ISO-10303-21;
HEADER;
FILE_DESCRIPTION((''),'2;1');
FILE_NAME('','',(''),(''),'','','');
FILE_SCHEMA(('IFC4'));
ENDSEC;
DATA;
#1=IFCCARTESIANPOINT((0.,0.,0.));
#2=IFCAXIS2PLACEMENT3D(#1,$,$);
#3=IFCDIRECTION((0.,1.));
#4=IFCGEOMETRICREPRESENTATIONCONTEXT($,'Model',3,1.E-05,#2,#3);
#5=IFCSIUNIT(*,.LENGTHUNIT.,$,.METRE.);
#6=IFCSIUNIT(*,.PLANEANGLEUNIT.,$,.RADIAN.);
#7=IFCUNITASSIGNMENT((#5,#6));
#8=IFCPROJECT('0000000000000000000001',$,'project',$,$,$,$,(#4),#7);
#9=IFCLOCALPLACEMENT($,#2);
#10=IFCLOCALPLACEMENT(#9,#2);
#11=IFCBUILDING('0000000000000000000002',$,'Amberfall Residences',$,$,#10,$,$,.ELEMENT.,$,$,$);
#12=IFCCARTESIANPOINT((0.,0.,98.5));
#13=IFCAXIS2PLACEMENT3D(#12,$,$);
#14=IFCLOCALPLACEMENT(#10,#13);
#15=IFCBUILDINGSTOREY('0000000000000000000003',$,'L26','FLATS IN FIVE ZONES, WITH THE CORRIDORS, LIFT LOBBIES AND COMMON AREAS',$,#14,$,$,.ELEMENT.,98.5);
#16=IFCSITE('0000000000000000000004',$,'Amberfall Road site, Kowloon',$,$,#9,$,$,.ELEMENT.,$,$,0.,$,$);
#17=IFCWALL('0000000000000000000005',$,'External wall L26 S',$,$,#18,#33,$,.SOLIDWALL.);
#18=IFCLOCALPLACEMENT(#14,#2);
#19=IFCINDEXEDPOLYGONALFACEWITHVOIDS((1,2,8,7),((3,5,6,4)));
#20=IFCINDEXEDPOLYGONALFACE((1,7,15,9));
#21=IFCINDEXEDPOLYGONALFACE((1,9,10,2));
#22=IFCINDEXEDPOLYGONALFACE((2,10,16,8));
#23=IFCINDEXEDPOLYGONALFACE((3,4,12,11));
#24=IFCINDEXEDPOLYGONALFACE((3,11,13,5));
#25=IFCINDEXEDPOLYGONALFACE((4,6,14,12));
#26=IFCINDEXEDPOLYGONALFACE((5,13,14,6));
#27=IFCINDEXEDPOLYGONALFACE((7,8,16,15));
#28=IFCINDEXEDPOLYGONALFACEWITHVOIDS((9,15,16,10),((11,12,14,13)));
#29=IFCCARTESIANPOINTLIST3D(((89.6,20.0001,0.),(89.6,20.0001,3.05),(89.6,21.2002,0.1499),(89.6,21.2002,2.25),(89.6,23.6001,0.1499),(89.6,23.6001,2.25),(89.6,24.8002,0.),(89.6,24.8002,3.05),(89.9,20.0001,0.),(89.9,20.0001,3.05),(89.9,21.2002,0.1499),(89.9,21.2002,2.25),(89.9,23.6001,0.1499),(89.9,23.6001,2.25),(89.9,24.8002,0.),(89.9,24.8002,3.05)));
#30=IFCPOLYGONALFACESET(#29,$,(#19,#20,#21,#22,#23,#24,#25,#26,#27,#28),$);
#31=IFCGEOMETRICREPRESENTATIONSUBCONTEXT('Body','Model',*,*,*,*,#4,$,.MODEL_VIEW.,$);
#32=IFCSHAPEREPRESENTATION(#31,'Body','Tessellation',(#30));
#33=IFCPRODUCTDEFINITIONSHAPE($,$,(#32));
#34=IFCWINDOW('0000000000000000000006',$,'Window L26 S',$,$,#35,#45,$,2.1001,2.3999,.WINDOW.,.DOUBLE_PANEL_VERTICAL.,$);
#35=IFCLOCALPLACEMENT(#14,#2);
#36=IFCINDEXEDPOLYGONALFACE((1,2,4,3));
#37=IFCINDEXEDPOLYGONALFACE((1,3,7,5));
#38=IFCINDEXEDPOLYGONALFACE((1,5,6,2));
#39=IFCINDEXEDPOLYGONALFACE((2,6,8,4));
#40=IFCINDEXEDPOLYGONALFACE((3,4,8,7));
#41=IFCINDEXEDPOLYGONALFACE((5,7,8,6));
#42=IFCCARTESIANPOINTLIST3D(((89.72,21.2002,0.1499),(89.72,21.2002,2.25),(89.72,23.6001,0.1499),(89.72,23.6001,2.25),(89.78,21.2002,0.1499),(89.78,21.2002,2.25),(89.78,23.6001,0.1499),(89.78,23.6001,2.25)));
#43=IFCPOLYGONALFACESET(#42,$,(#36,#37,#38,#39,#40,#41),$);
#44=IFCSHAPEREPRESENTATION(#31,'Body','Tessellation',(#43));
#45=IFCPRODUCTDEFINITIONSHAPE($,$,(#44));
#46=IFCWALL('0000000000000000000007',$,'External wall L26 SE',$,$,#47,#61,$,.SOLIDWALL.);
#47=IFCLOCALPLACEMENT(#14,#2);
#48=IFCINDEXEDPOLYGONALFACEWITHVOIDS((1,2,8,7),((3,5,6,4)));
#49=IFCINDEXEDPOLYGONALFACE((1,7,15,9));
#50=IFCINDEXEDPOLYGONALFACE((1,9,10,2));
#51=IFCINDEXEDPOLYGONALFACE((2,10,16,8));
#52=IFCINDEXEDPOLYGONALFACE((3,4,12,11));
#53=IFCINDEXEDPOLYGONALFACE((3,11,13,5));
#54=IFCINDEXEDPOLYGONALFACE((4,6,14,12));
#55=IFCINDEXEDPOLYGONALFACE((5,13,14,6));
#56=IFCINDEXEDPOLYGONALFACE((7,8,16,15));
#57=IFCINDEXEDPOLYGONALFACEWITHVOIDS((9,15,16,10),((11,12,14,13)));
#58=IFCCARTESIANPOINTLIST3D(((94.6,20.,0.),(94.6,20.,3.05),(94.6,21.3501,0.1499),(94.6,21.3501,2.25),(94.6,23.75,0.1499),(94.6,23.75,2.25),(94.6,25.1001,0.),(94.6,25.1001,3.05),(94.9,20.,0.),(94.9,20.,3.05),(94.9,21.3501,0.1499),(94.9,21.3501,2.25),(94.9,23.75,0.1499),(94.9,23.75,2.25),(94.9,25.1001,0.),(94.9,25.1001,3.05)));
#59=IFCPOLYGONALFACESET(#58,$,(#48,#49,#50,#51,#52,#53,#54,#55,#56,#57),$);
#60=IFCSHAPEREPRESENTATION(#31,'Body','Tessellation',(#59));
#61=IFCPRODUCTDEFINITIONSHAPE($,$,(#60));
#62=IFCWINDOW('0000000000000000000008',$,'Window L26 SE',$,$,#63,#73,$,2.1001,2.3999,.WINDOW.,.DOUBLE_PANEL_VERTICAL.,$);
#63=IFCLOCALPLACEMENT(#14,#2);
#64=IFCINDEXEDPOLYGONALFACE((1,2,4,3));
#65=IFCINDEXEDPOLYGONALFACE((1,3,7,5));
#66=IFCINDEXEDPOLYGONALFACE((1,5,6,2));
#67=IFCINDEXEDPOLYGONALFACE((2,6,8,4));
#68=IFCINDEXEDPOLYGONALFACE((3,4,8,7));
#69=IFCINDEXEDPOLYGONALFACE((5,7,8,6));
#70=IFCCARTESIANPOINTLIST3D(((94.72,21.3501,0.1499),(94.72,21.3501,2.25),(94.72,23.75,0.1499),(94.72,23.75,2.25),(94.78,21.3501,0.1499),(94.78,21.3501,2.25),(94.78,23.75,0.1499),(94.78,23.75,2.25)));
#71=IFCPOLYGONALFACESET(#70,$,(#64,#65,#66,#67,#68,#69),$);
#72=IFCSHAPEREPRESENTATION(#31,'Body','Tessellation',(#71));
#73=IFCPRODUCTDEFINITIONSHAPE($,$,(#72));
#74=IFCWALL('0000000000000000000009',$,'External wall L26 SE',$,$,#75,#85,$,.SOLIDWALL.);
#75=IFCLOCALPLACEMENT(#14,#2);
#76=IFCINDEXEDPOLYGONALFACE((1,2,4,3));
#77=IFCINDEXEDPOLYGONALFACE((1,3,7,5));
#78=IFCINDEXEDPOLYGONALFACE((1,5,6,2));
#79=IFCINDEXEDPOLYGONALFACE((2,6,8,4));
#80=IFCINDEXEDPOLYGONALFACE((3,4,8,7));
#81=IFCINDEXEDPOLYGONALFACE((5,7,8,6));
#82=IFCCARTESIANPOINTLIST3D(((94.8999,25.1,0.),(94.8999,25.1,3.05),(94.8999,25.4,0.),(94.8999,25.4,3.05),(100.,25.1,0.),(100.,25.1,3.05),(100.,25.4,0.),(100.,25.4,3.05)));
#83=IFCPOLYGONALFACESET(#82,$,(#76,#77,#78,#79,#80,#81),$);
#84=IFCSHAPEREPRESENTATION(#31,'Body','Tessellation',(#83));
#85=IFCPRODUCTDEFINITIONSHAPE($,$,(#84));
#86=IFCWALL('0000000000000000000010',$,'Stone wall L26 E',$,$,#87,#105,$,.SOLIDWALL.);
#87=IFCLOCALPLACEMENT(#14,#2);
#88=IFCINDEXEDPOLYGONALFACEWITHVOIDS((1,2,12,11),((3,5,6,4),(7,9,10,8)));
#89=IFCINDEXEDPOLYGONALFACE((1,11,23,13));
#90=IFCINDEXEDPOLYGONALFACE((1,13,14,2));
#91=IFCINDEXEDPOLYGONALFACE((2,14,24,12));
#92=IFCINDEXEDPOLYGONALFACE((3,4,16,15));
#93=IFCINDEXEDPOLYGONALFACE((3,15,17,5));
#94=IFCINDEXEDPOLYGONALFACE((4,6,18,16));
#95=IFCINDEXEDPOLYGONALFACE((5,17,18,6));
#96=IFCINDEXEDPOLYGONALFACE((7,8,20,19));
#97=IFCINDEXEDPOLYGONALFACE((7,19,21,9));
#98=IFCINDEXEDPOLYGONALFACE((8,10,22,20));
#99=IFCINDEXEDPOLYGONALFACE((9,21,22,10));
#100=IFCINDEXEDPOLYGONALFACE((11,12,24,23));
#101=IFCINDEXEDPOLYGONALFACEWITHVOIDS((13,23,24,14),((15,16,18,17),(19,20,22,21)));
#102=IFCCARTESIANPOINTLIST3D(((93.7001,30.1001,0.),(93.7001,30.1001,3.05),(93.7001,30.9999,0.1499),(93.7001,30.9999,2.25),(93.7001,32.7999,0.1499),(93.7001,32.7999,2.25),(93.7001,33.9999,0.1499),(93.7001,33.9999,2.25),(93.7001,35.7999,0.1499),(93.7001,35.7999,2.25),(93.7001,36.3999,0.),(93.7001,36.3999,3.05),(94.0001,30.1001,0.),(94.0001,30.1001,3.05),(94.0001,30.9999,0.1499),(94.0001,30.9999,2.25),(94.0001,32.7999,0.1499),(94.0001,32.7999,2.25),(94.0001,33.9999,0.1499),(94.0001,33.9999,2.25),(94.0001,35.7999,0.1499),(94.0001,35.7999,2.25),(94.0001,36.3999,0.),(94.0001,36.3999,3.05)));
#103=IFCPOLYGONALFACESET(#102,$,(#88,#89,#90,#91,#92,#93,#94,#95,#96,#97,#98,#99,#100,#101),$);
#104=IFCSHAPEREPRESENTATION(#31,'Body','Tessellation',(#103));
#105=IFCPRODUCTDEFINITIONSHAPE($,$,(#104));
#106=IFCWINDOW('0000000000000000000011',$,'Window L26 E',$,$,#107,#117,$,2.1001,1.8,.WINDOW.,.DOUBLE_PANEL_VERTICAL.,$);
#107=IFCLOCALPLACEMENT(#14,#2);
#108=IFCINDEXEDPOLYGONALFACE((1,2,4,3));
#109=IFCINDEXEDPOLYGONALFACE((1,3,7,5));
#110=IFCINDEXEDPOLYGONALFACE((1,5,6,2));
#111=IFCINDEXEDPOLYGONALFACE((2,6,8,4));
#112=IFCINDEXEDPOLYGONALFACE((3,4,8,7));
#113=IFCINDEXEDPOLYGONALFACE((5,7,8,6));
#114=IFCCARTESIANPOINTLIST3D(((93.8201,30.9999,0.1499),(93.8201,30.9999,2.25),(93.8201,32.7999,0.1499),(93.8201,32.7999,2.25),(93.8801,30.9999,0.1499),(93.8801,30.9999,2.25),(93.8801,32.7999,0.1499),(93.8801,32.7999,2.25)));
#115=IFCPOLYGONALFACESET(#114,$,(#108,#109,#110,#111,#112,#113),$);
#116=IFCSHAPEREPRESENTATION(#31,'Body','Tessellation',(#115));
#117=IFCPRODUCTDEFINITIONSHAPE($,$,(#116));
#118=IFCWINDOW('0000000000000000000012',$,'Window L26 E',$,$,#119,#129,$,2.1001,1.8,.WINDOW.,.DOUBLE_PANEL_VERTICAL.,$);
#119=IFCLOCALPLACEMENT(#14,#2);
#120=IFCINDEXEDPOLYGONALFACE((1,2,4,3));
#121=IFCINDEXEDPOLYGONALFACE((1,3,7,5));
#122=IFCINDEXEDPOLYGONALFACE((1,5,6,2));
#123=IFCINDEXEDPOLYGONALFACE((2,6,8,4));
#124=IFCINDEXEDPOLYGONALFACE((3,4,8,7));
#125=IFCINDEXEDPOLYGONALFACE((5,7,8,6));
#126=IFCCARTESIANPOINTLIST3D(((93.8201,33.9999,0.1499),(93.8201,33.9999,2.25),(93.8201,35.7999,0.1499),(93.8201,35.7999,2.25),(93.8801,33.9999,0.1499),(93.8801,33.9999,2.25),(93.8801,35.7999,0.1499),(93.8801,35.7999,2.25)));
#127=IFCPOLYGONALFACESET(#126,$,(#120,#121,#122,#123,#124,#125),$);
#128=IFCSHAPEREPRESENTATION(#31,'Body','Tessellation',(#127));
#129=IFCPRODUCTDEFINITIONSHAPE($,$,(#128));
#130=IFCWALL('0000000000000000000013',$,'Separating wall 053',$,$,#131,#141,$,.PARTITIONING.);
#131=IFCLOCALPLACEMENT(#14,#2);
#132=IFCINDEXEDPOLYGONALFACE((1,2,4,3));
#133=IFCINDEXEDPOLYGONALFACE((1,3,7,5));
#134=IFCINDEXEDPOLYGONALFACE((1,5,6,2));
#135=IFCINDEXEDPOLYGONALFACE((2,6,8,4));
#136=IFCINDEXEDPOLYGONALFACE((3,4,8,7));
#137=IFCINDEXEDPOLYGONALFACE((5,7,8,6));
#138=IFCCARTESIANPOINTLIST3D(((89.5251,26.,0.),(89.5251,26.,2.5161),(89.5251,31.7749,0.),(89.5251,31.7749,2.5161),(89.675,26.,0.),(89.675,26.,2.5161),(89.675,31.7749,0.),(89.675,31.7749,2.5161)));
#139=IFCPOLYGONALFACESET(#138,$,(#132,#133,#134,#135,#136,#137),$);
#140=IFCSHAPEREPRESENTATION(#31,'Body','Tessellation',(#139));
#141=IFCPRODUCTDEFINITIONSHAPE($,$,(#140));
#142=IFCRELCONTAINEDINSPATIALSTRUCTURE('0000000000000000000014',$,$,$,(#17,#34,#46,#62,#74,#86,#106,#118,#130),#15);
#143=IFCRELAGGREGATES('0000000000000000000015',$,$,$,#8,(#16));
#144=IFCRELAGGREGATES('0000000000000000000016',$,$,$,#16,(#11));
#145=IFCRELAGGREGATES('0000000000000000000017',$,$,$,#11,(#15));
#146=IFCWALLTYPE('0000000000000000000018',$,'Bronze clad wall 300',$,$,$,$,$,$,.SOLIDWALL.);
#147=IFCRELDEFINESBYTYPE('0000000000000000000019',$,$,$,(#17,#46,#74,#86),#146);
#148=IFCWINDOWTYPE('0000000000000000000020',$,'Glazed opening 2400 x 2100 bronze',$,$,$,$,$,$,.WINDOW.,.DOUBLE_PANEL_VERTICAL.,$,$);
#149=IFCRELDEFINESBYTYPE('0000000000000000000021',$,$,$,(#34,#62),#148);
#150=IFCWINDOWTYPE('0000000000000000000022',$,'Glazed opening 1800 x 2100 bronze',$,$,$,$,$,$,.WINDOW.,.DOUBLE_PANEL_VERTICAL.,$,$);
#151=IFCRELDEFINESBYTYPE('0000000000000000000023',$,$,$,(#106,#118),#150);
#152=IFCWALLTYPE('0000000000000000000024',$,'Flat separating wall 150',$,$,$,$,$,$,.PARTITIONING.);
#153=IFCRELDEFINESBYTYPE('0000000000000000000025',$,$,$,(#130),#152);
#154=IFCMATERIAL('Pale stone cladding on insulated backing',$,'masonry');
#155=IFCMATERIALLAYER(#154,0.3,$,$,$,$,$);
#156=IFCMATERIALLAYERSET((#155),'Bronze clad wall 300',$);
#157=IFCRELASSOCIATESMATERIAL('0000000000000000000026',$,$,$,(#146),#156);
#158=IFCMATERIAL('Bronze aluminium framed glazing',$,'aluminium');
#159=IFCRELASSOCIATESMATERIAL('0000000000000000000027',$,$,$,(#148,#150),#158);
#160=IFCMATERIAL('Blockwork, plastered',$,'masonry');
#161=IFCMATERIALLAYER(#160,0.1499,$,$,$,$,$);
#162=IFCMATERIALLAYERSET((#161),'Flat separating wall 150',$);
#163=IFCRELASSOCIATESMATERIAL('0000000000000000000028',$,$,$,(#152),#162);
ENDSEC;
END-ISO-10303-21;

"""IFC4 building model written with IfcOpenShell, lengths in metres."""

from ifc_helpers import new_model, si_unit, direction, frame, frame_2d, origin, place, context, subcontext, project, spatial, rectangle, extrude, material, layer, layer_set, type_object, element, fill, save


model = new_model("IFC4")

# Units and contexts
model_context = context("Model", 3, precision=1e-05, world=origin(), true_north=direction((0.0, 1.0)))
body_context = subcontext(model_context, "Body", "Model", "MODEL_VIEW")
ifc_project = project(units=[si_unit("LENGTHUNIT", "METRE"), si_unit("PLANEANGLEUNIT", "RADIAN")], contexts=[model_context])

# Site, building, storey
site_placement = place(None, origin())
site = spatial("IfcSite", under=ifc_project, at=site_placement, Name="Amberfall Road site, Kowloon", CompositionType="ELEMENT", RefElevation=0.0)
building_placement = place(site_placement, origin())
building = spatial("IfcBuilding", under=site, at=building_placement, Name="Amberfall Residences", CompositionType="ELEMENT")
storey_placement = place(building_placement, frame((0.0, 0.0, 98.5)))
storey = spatial("IfcBuildingStorey", under=building, at=storey_placement, Name="L26", Description="FLATS IN FIVE ZONES, WITH THE CORRIDORS, LIFT LOBBIES AND COMMON AREAS", CompositionType="ELEMENT", Elevation=98.5)

# Walls, openings, windows
ifc_material_1 = material(Name="Pale stone cladding on insulated backing", Category="masonry")
ifc_layer_1 = layer(ifc_material_1, 0.3)
ifc_layer_set_1 = layer_set([ifc_layer_1], Name="Bronze clad wall 300")
wall_type_1 = type_object("IfcWallType", Name="Bronze clad wall 300", PredefinedType="SOLIDWALL", material=ifc_layer_set_1)
wall_1_placement = place(storey_placement, frame((89.75, 24.8, 0.0), z_axis=(0.0, 0.0, 1.0), x_axis=(0.0, -1.0, 0.0)))
wall_1 = element("IfcWall", 1, at=wall_1_placement, inside=storey, type_object=wall_type_1, Name="External wall L26 S", PredefinedType="SOLIDWALL", context=body_context, shape_type="SweptSolid", body=[
    extrude(rectangle(XDim=4.8, YDim=0.3, at=frame_2d((2.3999, 0.0))), origin(), (0.0, 0.0, 1.0), 3.05),
])
opening_1_placement = place(wall_1_placement, frame((1.2, 0.0, 0.1499)))
opening_1 = element("IfcOpeningElement", 2, at=opening_1_placement, cuts=wall_1, PredefinedType="OPENING", context=body_context, shape_type="SweptSolid", body=[
    extrude(rectangle(XDim=2.3999, YDim=2.1001, at=frame_2d((1.2, 1.05))), frame((0.0, 0.1599, 0.0), z_axis=(0.0, -1.0, 0.0), x_axis=(1.0, 0.0, 0.0)), (0.0, 0.0, 1.0), 0.3201),
])
ifc_material_2 = material(Name="Bronze aluminium framed glazing", Category="aluminium")
window_type_1 = type_object("IfcWindowType", Name="Glazed opening 2400 x 2100 bronze", PartitioningType="DOUBLE_PANEL_VERTICAL", PredefinedType="WINDOW", material=ifc_material_2)
window_1_placement = place(opening_1_placement, origin())
window_1 = element("IfcWindow", 3, at=window_1_placement, inside=storey, type_object=window_type_1, Name="Window L26 S", OverallHeight=2.1001, OverallWidth=2.3999, PartitioningType="DOUBLE_PANEL_VERTICAL", PredefinedType="WINDOW", context=body_context, shape_type="SweptSolid", body=[
    extrude(rectangle(XDim=2.3999, YDim=2.1001, at=frame_2d((1.2, 1.05))), frame((0.0, 0.03, 0.0), z_axis=(0.0, -1.0, 0.0), x_axis=(1.0, 0.0, 0.0)), (0.0, 0.0, 1.0), 0.0601),
])
fill(opening_1, window_1)
wall_2_placement = place(storey_placement, frame((94.75, 20.0, 0.0), z_axis=(0.0, 0.0, 1.0), x_axis=(0.0, 1.0, 0.0)))
wall_2 = element("IfcWall", 4, at=wall_2_placement, inside=storey, type_object=wall_type_1, Name="External wall L26 SE", PredefinedType="SOLIDWALL", context=body_context, shape_type="SweptSolid", body=[
    extrude(rectangle(XDim=5.1001, YDim=0.3, at=frame_2d((2.55, 0.0))), origin(), (0.0, 0.0, 1.0), 3.05),
])
opening_2_placement = place(wall_2_placement, frame((1.3501, 0.0, 0.1499)))
opening_2 = element("IfcOpeningElement", 5, at=opening_2_placement, cuts=wall_2, PredefinedType="OPENING", context=body_context, shape_type="SweptSolid", body=[
    extrude(rectangle(XDim=2.3999, YDim=2.1001, at=frame_2d((1.2, 1.05))), frame((0.0, 0.1599, 0.0), z_axis=(0.0, -1.0, 0.0), x_axis=(1.0, 0.0, 0.0)), (0.0, 0.0, 1.0), 0.3201),
])
window_2_placement = place(opening_2_placement, origin())
window_2 = element("IfcWindow", 6, at=window_2_placement, inside=storey, type_object=window_type_1, Name="Window L26 SE", OverallHeight=2.1001, OverallWidth=2.3999, PartitioningType="DOUBLE_PANEL_VERTICAL", PredefinedType="WINDOW", context=body_context, shape_type="SweptSolid", body=[
    extrude(rectangle(XDim=2.3999, YDim=2.1001, at=frame_2d((1.2, 1.05))), frame((0.0, 0.03, 0.0), z_axis=(0.0, -1.0, 0.0), x_axis=(1.0, 0.0, 0.0)), (0.0, 0.0, 1.0), 0.0601),
])
fill(opening_2, window_2)

# Wall
wall_3_placement = place(storey_placement, frame((94.8999, 25.25, 0.0), z_axis=(0.0, 0.0, 1.0), x_axis=(1.0, 0.0, 0.0)))
element("IfcWall", 7, at=wall_3_placement, inside=storey, type_object=wall_type_1, Name="External wall L26 SE", PredefinedType="SOLIDWALL", context=body_context, shape_type="SweptSolid", body=[
    extrude(rectangle(XDim=5.1001, YDim=0.3, at=frame_2d((2.55, 0.0))), origin(), (0.0, 0.0, 1.0), 3.05),
])

# Wall, openings, windows
wall_4_placement = place(storey_placement, frame((93.8501, 30.1001, 0.0), z_axis=(0.0, 0.0, 1.0), x_axis=(0.0, 1.0, 0.0)))
wall_4 = element("IfcWall", 8, at=wall_4_placement, inside=storey, type_object=wall_type_1, Name="Stone wall L26 E", PredefinedType="SOLIDWALL", context=body_context, shape_type="SweptSolid", body=[
    extrude(rectangle(XDim=6.2998, YDim=0.3, at=frame_2d((3.1499, 0.0))), origin(), (0.0, 0.0, 1.0), 3.05),
])
opening_3_placement = place(wall_4_placement, frame((0.8999, 0.0, 0.1499)))
opening_3 = element("IfcOpeningElement", 9, at=opening_3_placement, cuts=wall_4, PredefinedType="OPENING", context=body_context, shape_type="SweptSolid", body=[
    extrude(rectangle(XDim=1.8, YDim=2.1001, at=frame_2d((0.8999, 1.05))), frame((0.0, 0.1599, 0.0), z_axis=(0.0, -1.0, 0.0), x_axis=(1.0, 0.0, 0.0)), (0.0, 0.0, 1.0), 0.3201),
])
opening_4_placement = place(wall_4_placement, frame((3.8999, 0.0, 0.1499)))
opening_4 = element("IfcOpeningElement", 10, at=opening_4_placement, cuts=wall_4, PredefinedType="OPENING", context=body_context, shape_type="SweptSolid", body=[
    extrude(rectangle(XDim=1.8, YDim=2.1001, at=frame_2d((0.8999, 1.05))), frame((0.0, 0.1599, 0.0), z_axis=(0.0, -1.0, 0.0), x_axis=(1.0, 0.0, 0.0)), (0.0, 0.0, 1.0), 0.3201),
])
window_type_2 = type_object("IfcWindowType", Name="Glazed opening 1800 x 2100 bronze", PartitioningType="DOUBLE_PANEL_VERTICAL", PredefinedType="WINDOW", material=ifc_material_2)
window_3_placement = place(opening_3_placement, origin())
window_3 = element("IfcWindow", 11, at=window_3_placement, inside=storey, type_object=window_type_2, Name="Window L26 E", OverallHeight=2.1001, OverallWidth=1.8, PartitioningType="DOUBLE_PANEL_VERTICAL", PredefinedType="WINDOW", context=body_context, shape_type="SweptSolid", body=[
    extrude(rectangle(XDim=1.8, YDim=2.1001, at=frame_2d((0.8999, 1.05))), frame((0.0, 0.03, 0.0), z_axis=(0.0, -1.0, 0.0), x_axis=(1.0, 0.0, 0.0)), (0.0, 0.0, 1.0), 0.0601),
])
fill(opening_3, window_3)
window_4_placement = place(opening_4_placement, origin())
window_4 = element("IfcWindow", 12, at=window_4_placement, inside=storey, type_object=window_type_2, Name="Window L26 E", OverallHeight=2.1001, OverallWidth=1.8, PartitioningType="DOUBLE_PANEL_VERTICAL", PredefinedType="WINDOW", context=body_context, shape_type="SweptSolid", body=[
    extrude(rectangle(XDim=1.8, YDim=2.1001, at=frame_2d((0.8999, 1.05))), frame((0.0, 0.03, 0.0), z_axis=(0.0, -1.0, 0.0), x_axis=(1.0, 0.0, 0.0)), (0.0, 0.0, 1.0), 0.0601),
])
fill(opening_4, window_4)

# Wall
ifc_material_3 = material(Name="Blockwork, plastered", Category="masonry")
ifc_layer_2 = layer(ifc_material_3, 0.1499)
ifc_layer_set_2 = layer_set([ifc_layer_2], Name="Flat separating wall 150")
wall_type_2 = type_object("IfcWallType", Name="Flat separating wall 150", PredefinedType="PARTITIONING", material=ifc_layer_set_2)
wall_5_placement = place(storey_placement, frame((89.6001, 26.0, 0.0), z_axis=(0.0, 0.0, 1.0), x_axis=(0.0, 1.0, 0.0)))
element("IfcWall", 13, at=wall_5_placement, inside=storey, type_object=wall_type_2, Name="Separating wall 053", PredefinedType="PARTITIONING", context=body_context, shape_type="SweptSolid", body=[
    extrude(rectangle(XDim=5.7749, YDim=0.1499, at=frame_2d((2.8875, 0.0))), origin(), (0.0, 0.0, 1.0), 2.5161),
])

save(model, "model.ifc")
